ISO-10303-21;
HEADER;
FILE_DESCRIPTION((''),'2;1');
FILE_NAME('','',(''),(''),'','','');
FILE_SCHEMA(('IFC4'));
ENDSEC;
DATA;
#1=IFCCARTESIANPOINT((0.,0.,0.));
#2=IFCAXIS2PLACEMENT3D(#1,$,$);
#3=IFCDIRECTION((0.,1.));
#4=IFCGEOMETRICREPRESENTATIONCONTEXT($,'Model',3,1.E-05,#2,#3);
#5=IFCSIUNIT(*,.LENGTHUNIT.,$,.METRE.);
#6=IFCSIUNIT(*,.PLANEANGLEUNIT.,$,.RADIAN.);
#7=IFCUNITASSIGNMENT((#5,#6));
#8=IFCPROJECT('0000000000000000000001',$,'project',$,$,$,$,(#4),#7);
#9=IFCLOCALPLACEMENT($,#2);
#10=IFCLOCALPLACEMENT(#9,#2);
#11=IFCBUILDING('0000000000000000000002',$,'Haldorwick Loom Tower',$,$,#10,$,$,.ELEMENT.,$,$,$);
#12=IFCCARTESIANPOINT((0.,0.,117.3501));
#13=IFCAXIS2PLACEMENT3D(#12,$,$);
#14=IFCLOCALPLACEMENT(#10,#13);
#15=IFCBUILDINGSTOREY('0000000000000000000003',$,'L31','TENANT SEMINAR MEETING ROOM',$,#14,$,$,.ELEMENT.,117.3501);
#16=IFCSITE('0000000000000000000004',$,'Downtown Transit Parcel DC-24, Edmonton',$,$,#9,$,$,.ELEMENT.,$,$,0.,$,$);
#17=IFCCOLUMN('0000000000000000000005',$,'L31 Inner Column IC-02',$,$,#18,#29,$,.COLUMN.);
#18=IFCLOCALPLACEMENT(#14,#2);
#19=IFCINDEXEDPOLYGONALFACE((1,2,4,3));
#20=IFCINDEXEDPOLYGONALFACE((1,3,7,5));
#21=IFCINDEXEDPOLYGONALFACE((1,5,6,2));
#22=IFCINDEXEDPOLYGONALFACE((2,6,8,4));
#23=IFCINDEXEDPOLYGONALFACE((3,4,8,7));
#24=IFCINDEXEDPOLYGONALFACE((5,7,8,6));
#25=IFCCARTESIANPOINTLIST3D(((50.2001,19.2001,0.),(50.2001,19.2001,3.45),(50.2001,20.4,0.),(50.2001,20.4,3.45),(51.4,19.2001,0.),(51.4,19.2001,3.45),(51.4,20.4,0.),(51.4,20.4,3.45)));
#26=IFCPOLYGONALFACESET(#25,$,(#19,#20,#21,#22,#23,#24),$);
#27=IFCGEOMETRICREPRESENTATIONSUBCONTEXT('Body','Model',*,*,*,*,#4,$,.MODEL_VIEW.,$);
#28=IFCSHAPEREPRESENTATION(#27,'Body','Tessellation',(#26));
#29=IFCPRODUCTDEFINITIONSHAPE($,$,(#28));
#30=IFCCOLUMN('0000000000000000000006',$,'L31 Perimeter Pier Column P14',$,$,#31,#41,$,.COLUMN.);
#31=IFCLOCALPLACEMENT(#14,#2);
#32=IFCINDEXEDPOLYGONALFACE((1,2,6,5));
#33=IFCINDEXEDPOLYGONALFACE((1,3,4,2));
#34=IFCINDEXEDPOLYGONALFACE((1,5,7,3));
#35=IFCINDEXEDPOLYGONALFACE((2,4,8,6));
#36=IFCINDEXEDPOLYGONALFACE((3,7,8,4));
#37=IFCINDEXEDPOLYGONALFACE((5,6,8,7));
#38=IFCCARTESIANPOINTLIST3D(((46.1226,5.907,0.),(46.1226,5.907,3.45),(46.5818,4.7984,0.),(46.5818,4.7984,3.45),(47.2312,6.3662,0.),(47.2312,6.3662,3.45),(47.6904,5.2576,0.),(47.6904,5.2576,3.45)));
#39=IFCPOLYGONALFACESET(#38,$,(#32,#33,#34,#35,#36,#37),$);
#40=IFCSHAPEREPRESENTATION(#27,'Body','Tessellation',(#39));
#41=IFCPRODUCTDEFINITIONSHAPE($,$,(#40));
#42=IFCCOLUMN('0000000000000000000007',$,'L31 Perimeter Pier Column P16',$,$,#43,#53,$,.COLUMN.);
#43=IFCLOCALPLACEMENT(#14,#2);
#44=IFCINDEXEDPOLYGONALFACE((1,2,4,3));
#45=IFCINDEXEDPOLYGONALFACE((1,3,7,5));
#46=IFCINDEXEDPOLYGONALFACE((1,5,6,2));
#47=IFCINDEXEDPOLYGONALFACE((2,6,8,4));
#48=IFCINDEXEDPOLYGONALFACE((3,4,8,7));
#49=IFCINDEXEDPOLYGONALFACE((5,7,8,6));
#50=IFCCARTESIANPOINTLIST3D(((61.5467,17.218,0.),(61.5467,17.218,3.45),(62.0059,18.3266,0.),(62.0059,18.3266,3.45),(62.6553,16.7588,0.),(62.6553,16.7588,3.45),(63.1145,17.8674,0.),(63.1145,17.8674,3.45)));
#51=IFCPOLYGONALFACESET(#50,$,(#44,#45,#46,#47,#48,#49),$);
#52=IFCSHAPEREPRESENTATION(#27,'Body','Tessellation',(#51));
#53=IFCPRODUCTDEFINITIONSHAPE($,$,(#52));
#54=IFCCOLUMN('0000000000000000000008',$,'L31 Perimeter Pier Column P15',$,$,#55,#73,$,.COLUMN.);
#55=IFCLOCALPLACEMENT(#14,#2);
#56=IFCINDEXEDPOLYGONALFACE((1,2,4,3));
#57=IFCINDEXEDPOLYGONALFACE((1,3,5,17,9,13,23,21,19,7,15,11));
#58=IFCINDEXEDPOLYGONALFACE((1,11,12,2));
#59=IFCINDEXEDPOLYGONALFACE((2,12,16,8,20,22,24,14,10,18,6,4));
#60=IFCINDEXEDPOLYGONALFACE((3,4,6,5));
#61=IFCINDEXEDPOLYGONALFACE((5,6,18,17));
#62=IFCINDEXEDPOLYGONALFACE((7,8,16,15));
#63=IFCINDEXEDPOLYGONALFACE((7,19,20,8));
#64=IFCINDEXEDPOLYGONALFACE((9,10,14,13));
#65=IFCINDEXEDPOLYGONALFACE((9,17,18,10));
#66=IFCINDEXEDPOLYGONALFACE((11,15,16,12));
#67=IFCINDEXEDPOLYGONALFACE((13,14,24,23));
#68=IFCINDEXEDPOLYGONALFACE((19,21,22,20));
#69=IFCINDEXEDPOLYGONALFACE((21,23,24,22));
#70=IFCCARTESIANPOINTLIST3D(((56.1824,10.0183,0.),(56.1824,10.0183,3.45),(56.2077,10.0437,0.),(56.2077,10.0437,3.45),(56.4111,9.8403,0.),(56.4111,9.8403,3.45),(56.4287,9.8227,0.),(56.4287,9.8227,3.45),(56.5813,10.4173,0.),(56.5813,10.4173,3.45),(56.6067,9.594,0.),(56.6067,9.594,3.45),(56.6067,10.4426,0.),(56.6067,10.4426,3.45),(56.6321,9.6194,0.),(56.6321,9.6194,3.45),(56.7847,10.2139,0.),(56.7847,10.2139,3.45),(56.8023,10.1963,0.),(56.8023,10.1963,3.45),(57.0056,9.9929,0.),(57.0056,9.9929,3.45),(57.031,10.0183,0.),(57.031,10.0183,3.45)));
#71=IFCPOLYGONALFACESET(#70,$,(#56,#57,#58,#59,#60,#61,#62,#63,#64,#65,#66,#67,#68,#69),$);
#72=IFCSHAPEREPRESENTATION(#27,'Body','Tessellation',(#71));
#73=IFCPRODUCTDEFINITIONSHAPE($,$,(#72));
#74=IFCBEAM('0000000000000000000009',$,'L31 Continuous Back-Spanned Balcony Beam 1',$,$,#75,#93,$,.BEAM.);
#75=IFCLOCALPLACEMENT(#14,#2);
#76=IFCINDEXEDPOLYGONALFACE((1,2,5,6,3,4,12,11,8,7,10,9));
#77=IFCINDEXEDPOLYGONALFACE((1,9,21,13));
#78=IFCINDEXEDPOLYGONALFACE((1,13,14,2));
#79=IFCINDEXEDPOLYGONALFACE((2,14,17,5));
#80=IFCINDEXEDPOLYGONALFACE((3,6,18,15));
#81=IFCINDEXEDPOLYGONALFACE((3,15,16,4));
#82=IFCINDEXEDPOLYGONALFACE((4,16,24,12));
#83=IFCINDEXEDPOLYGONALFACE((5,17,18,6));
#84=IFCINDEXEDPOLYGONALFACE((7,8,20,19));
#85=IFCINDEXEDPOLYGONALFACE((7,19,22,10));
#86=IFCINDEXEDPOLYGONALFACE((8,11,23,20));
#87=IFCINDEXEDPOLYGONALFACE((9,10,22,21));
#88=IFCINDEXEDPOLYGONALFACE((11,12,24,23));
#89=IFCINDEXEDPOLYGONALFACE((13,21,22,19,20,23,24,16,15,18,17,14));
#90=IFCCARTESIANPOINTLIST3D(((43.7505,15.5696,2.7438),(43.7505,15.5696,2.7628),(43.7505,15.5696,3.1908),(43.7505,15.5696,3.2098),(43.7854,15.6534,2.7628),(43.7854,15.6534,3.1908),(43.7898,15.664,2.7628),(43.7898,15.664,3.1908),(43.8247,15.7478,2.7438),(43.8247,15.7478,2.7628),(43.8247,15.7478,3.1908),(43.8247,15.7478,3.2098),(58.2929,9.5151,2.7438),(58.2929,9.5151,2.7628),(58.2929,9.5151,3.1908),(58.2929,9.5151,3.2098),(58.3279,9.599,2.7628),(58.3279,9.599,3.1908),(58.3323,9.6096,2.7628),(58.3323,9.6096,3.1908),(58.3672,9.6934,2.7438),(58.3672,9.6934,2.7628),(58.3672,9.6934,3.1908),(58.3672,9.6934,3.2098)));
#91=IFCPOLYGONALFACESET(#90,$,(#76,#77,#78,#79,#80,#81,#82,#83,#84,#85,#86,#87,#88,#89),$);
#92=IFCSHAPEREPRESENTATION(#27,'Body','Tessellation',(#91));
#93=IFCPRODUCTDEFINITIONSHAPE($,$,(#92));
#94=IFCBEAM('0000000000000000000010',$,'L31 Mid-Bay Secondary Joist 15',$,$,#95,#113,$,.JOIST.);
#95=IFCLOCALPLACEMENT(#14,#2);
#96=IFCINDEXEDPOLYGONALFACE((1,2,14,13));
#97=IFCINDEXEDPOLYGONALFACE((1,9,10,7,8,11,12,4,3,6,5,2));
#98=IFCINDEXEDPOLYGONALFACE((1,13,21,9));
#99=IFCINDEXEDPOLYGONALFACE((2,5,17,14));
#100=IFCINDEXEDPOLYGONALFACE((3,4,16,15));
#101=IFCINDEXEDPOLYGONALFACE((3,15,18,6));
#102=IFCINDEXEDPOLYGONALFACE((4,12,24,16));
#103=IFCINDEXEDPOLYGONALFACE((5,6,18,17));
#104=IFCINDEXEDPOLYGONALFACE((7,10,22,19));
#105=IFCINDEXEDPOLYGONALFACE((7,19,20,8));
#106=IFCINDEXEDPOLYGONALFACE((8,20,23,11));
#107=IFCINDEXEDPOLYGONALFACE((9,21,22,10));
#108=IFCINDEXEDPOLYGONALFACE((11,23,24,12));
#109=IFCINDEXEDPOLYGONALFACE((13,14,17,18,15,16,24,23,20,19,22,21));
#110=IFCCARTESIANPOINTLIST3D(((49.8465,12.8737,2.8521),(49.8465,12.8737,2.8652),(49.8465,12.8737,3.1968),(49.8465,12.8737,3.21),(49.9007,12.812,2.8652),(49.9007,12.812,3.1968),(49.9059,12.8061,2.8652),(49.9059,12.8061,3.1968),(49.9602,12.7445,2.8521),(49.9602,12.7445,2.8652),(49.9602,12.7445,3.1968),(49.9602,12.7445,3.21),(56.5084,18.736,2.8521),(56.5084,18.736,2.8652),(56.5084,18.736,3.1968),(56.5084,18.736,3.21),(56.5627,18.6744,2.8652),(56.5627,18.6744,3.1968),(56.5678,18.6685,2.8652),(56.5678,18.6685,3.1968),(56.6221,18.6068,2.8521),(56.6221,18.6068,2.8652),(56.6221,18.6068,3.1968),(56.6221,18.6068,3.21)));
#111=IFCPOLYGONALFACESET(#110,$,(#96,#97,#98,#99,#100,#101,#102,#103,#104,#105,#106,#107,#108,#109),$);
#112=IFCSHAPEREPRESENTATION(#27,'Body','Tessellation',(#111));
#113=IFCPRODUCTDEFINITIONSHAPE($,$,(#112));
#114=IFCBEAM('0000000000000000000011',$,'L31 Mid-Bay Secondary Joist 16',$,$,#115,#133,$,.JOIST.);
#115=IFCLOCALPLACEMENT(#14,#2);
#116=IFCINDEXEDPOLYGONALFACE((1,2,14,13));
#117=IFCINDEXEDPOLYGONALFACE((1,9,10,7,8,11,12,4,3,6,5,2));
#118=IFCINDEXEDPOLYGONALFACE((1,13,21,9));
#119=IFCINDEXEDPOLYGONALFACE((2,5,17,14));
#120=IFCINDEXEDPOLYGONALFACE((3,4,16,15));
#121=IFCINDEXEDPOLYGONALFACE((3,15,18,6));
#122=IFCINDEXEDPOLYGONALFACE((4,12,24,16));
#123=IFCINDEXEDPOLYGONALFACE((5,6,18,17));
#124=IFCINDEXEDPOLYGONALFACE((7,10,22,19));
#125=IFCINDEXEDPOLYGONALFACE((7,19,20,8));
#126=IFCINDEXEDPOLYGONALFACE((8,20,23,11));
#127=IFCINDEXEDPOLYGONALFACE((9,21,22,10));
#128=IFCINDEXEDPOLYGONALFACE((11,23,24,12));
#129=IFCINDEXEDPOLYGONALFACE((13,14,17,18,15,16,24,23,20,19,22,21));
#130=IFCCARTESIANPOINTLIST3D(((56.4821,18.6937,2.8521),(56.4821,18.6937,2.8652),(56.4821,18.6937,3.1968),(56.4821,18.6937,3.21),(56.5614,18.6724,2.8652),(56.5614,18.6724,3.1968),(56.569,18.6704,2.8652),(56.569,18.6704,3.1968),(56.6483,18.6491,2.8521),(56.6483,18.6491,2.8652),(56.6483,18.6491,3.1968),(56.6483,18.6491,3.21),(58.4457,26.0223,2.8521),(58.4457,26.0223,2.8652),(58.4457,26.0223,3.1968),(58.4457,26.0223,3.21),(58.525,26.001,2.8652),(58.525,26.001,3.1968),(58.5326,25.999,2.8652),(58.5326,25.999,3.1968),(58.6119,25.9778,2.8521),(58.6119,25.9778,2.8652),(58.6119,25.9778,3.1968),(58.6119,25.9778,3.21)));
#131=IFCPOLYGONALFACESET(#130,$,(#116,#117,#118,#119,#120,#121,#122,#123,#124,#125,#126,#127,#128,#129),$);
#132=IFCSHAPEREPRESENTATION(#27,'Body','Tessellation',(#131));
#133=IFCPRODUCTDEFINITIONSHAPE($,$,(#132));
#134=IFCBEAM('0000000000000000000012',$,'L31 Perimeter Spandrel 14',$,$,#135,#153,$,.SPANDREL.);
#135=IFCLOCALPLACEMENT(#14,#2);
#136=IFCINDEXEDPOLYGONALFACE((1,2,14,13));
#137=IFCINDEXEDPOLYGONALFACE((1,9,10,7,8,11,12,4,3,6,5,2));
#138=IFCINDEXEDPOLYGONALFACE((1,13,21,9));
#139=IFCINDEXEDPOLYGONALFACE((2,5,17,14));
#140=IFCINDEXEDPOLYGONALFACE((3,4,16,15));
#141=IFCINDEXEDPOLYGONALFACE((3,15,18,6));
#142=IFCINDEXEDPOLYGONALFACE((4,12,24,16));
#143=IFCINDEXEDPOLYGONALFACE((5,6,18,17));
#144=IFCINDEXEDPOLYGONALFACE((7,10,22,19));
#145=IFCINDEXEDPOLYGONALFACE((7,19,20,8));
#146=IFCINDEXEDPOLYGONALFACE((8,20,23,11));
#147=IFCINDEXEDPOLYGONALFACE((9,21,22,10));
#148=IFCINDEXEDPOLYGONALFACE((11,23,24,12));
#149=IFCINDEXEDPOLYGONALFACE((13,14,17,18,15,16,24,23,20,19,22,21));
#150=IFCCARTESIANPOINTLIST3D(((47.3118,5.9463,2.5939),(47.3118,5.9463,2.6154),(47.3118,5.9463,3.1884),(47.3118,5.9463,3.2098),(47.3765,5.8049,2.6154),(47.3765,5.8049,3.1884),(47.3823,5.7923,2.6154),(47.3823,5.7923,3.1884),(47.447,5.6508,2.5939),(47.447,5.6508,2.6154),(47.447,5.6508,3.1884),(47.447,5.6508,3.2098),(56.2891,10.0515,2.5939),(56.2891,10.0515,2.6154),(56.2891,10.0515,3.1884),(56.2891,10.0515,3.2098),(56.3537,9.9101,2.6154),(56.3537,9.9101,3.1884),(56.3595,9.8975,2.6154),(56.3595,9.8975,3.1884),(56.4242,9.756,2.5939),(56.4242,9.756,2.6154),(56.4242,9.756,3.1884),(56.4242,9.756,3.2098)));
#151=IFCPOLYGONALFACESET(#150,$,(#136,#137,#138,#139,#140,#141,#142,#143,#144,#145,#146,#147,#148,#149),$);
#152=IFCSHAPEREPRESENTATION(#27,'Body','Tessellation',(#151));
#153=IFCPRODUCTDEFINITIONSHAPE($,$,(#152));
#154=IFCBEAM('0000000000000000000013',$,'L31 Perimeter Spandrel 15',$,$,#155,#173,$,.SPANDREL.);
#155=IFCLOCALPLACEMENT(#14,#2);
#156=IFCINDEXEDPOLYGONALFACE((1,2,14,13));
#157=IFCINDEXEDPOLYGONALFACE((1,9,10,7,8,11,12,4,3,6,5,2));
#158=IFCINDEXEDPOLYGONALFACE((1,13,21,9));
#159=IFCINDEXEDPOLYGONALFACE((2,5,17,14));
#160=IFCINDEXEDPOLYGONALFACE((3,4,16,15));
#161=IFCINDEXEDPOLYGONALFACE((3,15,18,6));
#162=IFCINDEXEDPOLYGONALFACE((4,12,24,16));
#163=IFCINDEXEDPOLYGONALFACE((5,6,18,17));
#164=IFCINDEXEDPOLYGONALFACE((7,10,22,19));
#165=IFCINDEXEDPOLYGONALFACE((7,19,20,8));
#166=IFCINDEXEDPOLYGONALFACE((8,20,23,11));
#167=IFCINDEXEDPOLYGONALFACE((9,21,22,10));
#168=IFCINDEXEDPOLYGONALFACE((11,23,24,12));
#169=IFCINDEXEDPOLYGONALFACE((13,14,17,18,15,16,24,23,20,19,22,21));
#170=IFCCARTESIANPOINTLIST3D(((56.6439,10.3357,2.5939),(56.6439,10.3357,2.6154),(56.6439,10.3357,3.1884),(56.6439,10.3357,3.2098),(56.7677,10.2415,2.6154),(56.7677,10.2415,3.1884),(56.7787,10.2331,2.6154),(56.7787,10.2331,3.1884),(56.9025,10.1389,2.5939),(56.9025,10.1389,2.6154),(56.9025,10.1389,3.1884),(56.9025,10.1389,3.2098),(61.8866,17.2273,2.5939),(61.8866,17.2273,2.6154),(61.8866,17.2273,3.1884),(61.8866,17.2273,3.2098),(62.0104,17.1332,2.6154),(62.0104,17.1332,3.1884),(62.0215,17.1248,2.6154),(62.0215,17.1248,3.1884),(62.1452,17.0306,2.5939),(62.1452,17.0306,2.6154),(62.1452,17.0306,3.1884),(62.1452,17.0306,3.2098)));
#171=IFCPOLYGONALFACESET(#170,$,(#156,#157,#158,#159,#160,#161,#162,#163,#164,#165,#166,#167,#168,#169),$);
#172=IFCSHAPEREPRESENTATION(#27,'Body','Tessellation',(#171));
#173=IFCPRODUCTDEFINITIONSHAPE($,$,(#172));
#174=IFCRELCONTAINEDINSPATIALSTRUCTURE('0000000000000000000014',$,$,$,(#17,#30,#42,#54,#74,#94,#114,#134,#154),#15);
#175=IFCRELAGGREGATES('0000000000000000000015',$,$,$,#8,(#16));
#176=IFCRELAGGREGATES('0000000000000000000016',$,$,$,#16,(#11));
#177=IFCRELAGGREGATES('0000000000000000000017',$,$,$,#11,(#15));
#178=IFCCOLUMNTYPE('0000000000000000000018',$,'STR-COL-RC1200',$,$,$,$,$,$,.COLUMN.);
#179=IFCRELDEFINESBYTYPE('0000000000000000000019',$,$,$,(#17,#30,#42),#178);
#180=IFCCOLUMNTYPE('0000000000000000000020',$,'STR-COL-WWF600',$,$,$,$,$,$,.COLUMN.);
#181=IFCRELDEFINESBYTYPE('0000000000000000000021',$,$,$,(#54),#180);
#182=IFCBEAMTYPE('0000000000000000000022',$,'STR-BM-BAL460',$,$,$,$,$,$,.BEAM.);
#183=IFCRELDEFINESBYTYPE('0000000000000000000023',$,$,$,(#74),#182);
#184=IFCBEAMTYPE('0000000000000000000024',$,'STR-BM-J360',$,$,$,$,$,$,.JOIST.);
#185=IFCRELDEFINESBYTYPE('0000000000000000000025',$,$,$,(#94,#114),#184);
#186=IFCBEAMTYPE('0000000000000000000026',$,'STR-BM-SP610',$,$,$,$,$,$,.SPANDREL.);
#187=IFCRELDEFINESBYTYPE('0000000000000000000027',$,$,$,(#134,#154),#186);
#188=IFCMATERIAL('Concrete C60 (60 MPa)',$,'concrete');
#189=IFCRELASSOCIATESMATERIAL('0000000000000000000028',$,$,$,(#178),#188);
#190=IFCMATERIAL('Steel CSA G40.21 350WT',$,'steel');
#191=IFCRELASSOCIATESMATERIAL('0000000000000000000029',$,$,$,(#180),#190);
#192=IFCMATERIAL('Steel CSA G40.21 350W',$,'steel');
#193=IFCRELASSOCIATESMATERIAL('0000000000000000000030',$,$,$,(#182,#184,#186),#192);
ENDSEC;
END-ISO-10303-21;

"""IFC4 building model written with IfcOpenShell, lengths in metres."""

from ifc_helpers import new_model, si_unit, direction, frame, origin, origin_2d, place, context, subcontext, project, spatial, rectangle, i_section, extrude, material, material_profile, profile_set, type_object, element, save


model = new_model("IFC4")

# Units and contexts
model_context = context("Model", 3, precision=1e-05, world=origin(), true_north=direction((0.0, 1.0)))
body_context = subcontext(model_context, "Body", "Model", "MODEL_VIEW")
ifc_project = project(units=[si_unit("LENGTHUNIT", "METRE"), si_unit("PLANEANGLEUNIT", "RADIAN")], contexts=[model_context])

# Site, building, storey
site_placement = place(None, origin())
site = spatial("IfcSite", under=ifc_project, at=site_placement, Name="Downtown Transit Parcel DC-24, Edmonton", CompositionType="ELEMENT", RefElevation=0.0)
building_placement = place(site_placement, origin())
building = spatial("IfcBuilding", under=site, at=building_placement, Name="Haldorwick Loom Tower", CompositionType="ELEMENT")
storey_placement = place(building_placement, frame((0.0, 0.0, 117.3501)))
storey = spatial("IfcBuildingStorey", under=building, at=storey_placement, Name="L31", Description="TENANT SEMINAR MEETING ROOM", CompositionType="ELEMENT", Elevation=117.3501)

# Columns
ifc_material_1 = material(Name="Concrete C60 (60 MPa)", Category="concrete")
ifc_material_profile_1 = material_profile(ifc_material_1, rectangle(XDim=1.2, YDim=1.2, at=origin_2d()), Name="RC1200X1200", Category="concrete")
ifc_profile_set_1 = profile_set([ifc_material_profile_1], Name="Concrete C60 (60 MPa)")
column_type_1 = type_object("IfcColumnType", Name="STR-COL-RC1200", PredefinedType="COLUMN", material=ifc_profile_set_1)
for number, where, z_axis, x_axis, name in (
    (1, (50.8, 19.8, 0.0), (0.0, 0.0, 1.0), (1.0, 0.0, 0.0), "L31 Inner Column IC-02"),
    (2, (46.9065, 5.5823, 0.0), (0.0, 0.0, 1.0), (0.382683, -0.92388, 0.0), "L31 Perimeter Pier Column P14"),
    (3, (62.3306, 17.5427, 0.0), (0.0, 0.0, 1.0), (0.92388, -0.382683, 0.0), "L31 Perimeter Pier Column P16"),
):
    element("IfcColumn", number, at=place(storey_placement, frame(where, z_axis=z_axis, x_axis=x_axis)), inside=storey, type_object=column_type_1, Name=name, PredefinedType="COLUMN", context=body_context, shape_type="SweptSolid", body=[
        extrude(rectangle(XDim=1.2, YDim=1.2, at=origin_2d()), origin(), (0.0, 0.0, 1.0), 3.45),
    ])
ifc_material_2 = material(Name="Steel CSA G40.21 350WT", Category="steel")
ifc_material_profile_2 = material_profile(ifc_material_2, i_section(OverallWidth=0.6001, OverallDepth=0.6001, WebThickness=0.0249, FlangeThickness=0.0359, at=origin_2d()), Name="WWF600X600", Category="steel")
ifc_profile_set_2 = profile_set([ifc_material_profile_2], Name="Steel CSA G40.21 350WT")
column_type_2 = type_object("IfcColumnType", Name="STR-COL-WWF600", PredefinedType="COLUMN", material=ifc_profile_set_2)
column_placement = place(storey_placement, frame((56.6067, 10.0183, 0.0), z_axis=(0.0, 0.0, 1.0), x_axis=(0.707107, -0.707107, 0.0)))
element("IfcColumn", 4, at=column_placement, inside=storey, type_object=column_type_2, Name="L31 Perimeter Pier Column P15", PredefinedType="COLUMN", context=body_context, shape_type="SweptSolid", body=[
    extrude(i_section(OverallWidth=0.6001, OverallDepth=0.6001, WebThickness=0.0249, FlangeThickness=0.0359, at=origin_2d()), origin(), (0.0, 0.0, 1.0), 3.45),
])

# Beams
ifc_material_3 = material(Name="Steel CSA G40.21 350W", Category="steel")
ifc_material_profile_3 = material_profile(ifc_material_3, i_section(OverallWidth=0.1931, OverallDepth=0.4661, WebThickness=0.0115, FlangeThickness=0.019, at=origin_2d()), Name="W460X97", Category="steel")
ifc_profile_set_3 = profile_set([ifc_material_profile_3], Name="Steel CSA G40.21 350W")
beam_type_1 = type_object("IfcBeamType", Name="STR-BM-BAL460", PredefinedType="BEAM", material=ifc_profile_set_3)
beam_1_placement = place(storey_placement, frame((43.7876, 15.6587, 2.9768), z_axis=(0.923188, -0.384349, 0.0), x_axis=(0.384349, 0.923188, 0.0)))
element("IfcBeam", 5, at=beam_1_placement, inside=storey, type_object=beam_type_1, Name="L31 Continuous Back-Spanned Balcony Beam 1", PredefinedType="BEAM", context=body_context, shape_type="SweptSolid", body=[
    extrude(i_section(OverallWidth=0.1931, OverallDepth=0.4661, WebThickness=0.0115, FlangeThickness=0.019, at=origin_2d()), origin(), (0.0, 0.0, 1.0), 15.7524),
])
ifc_material_profile_4 = material_profile(ifc_material_3, i_section(OverallWidth=0.1721, OverallDepth=0.3579, WebThickness=0.0078, FlangeThickness=0.0132, at=origin_2d()), Name="W360X57", Category="steel")
ifc_profile_set_4 = profile_set([ifc_material_profile_4], Name="Steel CSA G40.21 350W")
beam_type_2 = type_object("IfcBeamType", Name="STR-BM-J360", PredefinedType="JOIST", material=ifc_profile_set_4)
beam_2_placement = place(storey_placement, frame((49.9033, 12.8091, 3.031), z_axis=(0.750721, 0.660619, 0.0), x_axis=(-0.660619, 0.750721, 0.0)))
element("IfcBeam", 6, at=beam_2_placement, inside=storey, type_object=beam_type_2, Name="L31 Mid-Bay Secondary Joist 15", PredefinedType="JOIST", context=body_context, shape_type="SweptSolid", body=[
    extrude(i_section(OverallWidth=0.1721, OverallDepth=0.3579, WebThickness=0.0078, FlangeThickness=0.0132, at=origin_2d()), origin(), (0.0, 0.0, 1.0), 8.874),
])
beam_3_placement = place(storey_placement, frame((56.5652, 18.6714, 3.031), z_axis=(0.25881, 0.965928, 0.0), x_axis=(-0.965928, 0.25881, 0.0)))
element("IfcBeam", 7, at=beam_3_placement, inside=storey, type_object=beam_type_2, Name="L31 Mid-Bay Secondary Joist 16", PredefinedType="JOIST", context=body_context, shape_type="SweptSolid", body=[
    extrude(i_section(OverallWidth=0.1721, OverallDepth=0.3579, WebThickness=0.0078, FlangeThickness=0.0132, at=origin_2d()), origin(), (0.0, 0.0, 1.0), 7.5872),
])
ifc_material_profile_5 = material_profile(ifc_material_3, i_section(OverallWidth=0.325, OverallDepth=0.616, WebThickness=0.0139, FlangeThickness=0.0215, at=origin_2d()), Name="W610X174", Category="steel")
ifc_profile_set_5 = profile_set([ifc_material_profile_5], Name="Steel CSA G40.21 350W")
beam_type_3 = type_object("IfcBeamType", Name="STR-BM-SP610", PredefinedType="SPANDREL", material=ifc_profile_set_5)
beam_4_placement = place(storey_placement, frame((47.3794, 5.7986, 2.9019), z_axis=(0.909424, 0.41587, 0.0), x_axis=(-0.41587, 0.909424, 0.0)))
element("IfcBeam", 8, at=beam_4_placement, inside=storey, type_object=beam_type_3, Name="L31 Perimeter Spandrel 14", PredefinedType="SPANDREL", context=body_context, shape_type="SweptSolid", body=[
    extrude(i_section(OverallWidth=0.325, OverallDepth=0.616, WebThickness=0.0139, FlangeThickness=0.0215, at=origin_2d()), origin(), (0.0, 0.0, 1.0), 9.8713),
])
beam_5_placement = place(storey_placement, frame((56.7732, 10.2373, 2.9019), z_axis=(0.605454, 0.795881, 0.0), x_axis=(-0.795881, 0.605454, 0.0)))
element("IfcBeam", 9, at=beam_5_placement, inside=storey, type_object=beam_type_3, Name="L31 Perimeter Spandrel 15", PredefinedType="SPANDREL", context=body_context, shape_type="SweptSolid", body=[
    extrude(i_section(OverallWidth=0.325, OverallDepth=0.616, WebThickness=0.0139, FlangeThickness=0.0215, at=origin_2d()), origin(), (0.0, 0.0, 1.0), 8.6592),
])

save(model, "model.ifc")
